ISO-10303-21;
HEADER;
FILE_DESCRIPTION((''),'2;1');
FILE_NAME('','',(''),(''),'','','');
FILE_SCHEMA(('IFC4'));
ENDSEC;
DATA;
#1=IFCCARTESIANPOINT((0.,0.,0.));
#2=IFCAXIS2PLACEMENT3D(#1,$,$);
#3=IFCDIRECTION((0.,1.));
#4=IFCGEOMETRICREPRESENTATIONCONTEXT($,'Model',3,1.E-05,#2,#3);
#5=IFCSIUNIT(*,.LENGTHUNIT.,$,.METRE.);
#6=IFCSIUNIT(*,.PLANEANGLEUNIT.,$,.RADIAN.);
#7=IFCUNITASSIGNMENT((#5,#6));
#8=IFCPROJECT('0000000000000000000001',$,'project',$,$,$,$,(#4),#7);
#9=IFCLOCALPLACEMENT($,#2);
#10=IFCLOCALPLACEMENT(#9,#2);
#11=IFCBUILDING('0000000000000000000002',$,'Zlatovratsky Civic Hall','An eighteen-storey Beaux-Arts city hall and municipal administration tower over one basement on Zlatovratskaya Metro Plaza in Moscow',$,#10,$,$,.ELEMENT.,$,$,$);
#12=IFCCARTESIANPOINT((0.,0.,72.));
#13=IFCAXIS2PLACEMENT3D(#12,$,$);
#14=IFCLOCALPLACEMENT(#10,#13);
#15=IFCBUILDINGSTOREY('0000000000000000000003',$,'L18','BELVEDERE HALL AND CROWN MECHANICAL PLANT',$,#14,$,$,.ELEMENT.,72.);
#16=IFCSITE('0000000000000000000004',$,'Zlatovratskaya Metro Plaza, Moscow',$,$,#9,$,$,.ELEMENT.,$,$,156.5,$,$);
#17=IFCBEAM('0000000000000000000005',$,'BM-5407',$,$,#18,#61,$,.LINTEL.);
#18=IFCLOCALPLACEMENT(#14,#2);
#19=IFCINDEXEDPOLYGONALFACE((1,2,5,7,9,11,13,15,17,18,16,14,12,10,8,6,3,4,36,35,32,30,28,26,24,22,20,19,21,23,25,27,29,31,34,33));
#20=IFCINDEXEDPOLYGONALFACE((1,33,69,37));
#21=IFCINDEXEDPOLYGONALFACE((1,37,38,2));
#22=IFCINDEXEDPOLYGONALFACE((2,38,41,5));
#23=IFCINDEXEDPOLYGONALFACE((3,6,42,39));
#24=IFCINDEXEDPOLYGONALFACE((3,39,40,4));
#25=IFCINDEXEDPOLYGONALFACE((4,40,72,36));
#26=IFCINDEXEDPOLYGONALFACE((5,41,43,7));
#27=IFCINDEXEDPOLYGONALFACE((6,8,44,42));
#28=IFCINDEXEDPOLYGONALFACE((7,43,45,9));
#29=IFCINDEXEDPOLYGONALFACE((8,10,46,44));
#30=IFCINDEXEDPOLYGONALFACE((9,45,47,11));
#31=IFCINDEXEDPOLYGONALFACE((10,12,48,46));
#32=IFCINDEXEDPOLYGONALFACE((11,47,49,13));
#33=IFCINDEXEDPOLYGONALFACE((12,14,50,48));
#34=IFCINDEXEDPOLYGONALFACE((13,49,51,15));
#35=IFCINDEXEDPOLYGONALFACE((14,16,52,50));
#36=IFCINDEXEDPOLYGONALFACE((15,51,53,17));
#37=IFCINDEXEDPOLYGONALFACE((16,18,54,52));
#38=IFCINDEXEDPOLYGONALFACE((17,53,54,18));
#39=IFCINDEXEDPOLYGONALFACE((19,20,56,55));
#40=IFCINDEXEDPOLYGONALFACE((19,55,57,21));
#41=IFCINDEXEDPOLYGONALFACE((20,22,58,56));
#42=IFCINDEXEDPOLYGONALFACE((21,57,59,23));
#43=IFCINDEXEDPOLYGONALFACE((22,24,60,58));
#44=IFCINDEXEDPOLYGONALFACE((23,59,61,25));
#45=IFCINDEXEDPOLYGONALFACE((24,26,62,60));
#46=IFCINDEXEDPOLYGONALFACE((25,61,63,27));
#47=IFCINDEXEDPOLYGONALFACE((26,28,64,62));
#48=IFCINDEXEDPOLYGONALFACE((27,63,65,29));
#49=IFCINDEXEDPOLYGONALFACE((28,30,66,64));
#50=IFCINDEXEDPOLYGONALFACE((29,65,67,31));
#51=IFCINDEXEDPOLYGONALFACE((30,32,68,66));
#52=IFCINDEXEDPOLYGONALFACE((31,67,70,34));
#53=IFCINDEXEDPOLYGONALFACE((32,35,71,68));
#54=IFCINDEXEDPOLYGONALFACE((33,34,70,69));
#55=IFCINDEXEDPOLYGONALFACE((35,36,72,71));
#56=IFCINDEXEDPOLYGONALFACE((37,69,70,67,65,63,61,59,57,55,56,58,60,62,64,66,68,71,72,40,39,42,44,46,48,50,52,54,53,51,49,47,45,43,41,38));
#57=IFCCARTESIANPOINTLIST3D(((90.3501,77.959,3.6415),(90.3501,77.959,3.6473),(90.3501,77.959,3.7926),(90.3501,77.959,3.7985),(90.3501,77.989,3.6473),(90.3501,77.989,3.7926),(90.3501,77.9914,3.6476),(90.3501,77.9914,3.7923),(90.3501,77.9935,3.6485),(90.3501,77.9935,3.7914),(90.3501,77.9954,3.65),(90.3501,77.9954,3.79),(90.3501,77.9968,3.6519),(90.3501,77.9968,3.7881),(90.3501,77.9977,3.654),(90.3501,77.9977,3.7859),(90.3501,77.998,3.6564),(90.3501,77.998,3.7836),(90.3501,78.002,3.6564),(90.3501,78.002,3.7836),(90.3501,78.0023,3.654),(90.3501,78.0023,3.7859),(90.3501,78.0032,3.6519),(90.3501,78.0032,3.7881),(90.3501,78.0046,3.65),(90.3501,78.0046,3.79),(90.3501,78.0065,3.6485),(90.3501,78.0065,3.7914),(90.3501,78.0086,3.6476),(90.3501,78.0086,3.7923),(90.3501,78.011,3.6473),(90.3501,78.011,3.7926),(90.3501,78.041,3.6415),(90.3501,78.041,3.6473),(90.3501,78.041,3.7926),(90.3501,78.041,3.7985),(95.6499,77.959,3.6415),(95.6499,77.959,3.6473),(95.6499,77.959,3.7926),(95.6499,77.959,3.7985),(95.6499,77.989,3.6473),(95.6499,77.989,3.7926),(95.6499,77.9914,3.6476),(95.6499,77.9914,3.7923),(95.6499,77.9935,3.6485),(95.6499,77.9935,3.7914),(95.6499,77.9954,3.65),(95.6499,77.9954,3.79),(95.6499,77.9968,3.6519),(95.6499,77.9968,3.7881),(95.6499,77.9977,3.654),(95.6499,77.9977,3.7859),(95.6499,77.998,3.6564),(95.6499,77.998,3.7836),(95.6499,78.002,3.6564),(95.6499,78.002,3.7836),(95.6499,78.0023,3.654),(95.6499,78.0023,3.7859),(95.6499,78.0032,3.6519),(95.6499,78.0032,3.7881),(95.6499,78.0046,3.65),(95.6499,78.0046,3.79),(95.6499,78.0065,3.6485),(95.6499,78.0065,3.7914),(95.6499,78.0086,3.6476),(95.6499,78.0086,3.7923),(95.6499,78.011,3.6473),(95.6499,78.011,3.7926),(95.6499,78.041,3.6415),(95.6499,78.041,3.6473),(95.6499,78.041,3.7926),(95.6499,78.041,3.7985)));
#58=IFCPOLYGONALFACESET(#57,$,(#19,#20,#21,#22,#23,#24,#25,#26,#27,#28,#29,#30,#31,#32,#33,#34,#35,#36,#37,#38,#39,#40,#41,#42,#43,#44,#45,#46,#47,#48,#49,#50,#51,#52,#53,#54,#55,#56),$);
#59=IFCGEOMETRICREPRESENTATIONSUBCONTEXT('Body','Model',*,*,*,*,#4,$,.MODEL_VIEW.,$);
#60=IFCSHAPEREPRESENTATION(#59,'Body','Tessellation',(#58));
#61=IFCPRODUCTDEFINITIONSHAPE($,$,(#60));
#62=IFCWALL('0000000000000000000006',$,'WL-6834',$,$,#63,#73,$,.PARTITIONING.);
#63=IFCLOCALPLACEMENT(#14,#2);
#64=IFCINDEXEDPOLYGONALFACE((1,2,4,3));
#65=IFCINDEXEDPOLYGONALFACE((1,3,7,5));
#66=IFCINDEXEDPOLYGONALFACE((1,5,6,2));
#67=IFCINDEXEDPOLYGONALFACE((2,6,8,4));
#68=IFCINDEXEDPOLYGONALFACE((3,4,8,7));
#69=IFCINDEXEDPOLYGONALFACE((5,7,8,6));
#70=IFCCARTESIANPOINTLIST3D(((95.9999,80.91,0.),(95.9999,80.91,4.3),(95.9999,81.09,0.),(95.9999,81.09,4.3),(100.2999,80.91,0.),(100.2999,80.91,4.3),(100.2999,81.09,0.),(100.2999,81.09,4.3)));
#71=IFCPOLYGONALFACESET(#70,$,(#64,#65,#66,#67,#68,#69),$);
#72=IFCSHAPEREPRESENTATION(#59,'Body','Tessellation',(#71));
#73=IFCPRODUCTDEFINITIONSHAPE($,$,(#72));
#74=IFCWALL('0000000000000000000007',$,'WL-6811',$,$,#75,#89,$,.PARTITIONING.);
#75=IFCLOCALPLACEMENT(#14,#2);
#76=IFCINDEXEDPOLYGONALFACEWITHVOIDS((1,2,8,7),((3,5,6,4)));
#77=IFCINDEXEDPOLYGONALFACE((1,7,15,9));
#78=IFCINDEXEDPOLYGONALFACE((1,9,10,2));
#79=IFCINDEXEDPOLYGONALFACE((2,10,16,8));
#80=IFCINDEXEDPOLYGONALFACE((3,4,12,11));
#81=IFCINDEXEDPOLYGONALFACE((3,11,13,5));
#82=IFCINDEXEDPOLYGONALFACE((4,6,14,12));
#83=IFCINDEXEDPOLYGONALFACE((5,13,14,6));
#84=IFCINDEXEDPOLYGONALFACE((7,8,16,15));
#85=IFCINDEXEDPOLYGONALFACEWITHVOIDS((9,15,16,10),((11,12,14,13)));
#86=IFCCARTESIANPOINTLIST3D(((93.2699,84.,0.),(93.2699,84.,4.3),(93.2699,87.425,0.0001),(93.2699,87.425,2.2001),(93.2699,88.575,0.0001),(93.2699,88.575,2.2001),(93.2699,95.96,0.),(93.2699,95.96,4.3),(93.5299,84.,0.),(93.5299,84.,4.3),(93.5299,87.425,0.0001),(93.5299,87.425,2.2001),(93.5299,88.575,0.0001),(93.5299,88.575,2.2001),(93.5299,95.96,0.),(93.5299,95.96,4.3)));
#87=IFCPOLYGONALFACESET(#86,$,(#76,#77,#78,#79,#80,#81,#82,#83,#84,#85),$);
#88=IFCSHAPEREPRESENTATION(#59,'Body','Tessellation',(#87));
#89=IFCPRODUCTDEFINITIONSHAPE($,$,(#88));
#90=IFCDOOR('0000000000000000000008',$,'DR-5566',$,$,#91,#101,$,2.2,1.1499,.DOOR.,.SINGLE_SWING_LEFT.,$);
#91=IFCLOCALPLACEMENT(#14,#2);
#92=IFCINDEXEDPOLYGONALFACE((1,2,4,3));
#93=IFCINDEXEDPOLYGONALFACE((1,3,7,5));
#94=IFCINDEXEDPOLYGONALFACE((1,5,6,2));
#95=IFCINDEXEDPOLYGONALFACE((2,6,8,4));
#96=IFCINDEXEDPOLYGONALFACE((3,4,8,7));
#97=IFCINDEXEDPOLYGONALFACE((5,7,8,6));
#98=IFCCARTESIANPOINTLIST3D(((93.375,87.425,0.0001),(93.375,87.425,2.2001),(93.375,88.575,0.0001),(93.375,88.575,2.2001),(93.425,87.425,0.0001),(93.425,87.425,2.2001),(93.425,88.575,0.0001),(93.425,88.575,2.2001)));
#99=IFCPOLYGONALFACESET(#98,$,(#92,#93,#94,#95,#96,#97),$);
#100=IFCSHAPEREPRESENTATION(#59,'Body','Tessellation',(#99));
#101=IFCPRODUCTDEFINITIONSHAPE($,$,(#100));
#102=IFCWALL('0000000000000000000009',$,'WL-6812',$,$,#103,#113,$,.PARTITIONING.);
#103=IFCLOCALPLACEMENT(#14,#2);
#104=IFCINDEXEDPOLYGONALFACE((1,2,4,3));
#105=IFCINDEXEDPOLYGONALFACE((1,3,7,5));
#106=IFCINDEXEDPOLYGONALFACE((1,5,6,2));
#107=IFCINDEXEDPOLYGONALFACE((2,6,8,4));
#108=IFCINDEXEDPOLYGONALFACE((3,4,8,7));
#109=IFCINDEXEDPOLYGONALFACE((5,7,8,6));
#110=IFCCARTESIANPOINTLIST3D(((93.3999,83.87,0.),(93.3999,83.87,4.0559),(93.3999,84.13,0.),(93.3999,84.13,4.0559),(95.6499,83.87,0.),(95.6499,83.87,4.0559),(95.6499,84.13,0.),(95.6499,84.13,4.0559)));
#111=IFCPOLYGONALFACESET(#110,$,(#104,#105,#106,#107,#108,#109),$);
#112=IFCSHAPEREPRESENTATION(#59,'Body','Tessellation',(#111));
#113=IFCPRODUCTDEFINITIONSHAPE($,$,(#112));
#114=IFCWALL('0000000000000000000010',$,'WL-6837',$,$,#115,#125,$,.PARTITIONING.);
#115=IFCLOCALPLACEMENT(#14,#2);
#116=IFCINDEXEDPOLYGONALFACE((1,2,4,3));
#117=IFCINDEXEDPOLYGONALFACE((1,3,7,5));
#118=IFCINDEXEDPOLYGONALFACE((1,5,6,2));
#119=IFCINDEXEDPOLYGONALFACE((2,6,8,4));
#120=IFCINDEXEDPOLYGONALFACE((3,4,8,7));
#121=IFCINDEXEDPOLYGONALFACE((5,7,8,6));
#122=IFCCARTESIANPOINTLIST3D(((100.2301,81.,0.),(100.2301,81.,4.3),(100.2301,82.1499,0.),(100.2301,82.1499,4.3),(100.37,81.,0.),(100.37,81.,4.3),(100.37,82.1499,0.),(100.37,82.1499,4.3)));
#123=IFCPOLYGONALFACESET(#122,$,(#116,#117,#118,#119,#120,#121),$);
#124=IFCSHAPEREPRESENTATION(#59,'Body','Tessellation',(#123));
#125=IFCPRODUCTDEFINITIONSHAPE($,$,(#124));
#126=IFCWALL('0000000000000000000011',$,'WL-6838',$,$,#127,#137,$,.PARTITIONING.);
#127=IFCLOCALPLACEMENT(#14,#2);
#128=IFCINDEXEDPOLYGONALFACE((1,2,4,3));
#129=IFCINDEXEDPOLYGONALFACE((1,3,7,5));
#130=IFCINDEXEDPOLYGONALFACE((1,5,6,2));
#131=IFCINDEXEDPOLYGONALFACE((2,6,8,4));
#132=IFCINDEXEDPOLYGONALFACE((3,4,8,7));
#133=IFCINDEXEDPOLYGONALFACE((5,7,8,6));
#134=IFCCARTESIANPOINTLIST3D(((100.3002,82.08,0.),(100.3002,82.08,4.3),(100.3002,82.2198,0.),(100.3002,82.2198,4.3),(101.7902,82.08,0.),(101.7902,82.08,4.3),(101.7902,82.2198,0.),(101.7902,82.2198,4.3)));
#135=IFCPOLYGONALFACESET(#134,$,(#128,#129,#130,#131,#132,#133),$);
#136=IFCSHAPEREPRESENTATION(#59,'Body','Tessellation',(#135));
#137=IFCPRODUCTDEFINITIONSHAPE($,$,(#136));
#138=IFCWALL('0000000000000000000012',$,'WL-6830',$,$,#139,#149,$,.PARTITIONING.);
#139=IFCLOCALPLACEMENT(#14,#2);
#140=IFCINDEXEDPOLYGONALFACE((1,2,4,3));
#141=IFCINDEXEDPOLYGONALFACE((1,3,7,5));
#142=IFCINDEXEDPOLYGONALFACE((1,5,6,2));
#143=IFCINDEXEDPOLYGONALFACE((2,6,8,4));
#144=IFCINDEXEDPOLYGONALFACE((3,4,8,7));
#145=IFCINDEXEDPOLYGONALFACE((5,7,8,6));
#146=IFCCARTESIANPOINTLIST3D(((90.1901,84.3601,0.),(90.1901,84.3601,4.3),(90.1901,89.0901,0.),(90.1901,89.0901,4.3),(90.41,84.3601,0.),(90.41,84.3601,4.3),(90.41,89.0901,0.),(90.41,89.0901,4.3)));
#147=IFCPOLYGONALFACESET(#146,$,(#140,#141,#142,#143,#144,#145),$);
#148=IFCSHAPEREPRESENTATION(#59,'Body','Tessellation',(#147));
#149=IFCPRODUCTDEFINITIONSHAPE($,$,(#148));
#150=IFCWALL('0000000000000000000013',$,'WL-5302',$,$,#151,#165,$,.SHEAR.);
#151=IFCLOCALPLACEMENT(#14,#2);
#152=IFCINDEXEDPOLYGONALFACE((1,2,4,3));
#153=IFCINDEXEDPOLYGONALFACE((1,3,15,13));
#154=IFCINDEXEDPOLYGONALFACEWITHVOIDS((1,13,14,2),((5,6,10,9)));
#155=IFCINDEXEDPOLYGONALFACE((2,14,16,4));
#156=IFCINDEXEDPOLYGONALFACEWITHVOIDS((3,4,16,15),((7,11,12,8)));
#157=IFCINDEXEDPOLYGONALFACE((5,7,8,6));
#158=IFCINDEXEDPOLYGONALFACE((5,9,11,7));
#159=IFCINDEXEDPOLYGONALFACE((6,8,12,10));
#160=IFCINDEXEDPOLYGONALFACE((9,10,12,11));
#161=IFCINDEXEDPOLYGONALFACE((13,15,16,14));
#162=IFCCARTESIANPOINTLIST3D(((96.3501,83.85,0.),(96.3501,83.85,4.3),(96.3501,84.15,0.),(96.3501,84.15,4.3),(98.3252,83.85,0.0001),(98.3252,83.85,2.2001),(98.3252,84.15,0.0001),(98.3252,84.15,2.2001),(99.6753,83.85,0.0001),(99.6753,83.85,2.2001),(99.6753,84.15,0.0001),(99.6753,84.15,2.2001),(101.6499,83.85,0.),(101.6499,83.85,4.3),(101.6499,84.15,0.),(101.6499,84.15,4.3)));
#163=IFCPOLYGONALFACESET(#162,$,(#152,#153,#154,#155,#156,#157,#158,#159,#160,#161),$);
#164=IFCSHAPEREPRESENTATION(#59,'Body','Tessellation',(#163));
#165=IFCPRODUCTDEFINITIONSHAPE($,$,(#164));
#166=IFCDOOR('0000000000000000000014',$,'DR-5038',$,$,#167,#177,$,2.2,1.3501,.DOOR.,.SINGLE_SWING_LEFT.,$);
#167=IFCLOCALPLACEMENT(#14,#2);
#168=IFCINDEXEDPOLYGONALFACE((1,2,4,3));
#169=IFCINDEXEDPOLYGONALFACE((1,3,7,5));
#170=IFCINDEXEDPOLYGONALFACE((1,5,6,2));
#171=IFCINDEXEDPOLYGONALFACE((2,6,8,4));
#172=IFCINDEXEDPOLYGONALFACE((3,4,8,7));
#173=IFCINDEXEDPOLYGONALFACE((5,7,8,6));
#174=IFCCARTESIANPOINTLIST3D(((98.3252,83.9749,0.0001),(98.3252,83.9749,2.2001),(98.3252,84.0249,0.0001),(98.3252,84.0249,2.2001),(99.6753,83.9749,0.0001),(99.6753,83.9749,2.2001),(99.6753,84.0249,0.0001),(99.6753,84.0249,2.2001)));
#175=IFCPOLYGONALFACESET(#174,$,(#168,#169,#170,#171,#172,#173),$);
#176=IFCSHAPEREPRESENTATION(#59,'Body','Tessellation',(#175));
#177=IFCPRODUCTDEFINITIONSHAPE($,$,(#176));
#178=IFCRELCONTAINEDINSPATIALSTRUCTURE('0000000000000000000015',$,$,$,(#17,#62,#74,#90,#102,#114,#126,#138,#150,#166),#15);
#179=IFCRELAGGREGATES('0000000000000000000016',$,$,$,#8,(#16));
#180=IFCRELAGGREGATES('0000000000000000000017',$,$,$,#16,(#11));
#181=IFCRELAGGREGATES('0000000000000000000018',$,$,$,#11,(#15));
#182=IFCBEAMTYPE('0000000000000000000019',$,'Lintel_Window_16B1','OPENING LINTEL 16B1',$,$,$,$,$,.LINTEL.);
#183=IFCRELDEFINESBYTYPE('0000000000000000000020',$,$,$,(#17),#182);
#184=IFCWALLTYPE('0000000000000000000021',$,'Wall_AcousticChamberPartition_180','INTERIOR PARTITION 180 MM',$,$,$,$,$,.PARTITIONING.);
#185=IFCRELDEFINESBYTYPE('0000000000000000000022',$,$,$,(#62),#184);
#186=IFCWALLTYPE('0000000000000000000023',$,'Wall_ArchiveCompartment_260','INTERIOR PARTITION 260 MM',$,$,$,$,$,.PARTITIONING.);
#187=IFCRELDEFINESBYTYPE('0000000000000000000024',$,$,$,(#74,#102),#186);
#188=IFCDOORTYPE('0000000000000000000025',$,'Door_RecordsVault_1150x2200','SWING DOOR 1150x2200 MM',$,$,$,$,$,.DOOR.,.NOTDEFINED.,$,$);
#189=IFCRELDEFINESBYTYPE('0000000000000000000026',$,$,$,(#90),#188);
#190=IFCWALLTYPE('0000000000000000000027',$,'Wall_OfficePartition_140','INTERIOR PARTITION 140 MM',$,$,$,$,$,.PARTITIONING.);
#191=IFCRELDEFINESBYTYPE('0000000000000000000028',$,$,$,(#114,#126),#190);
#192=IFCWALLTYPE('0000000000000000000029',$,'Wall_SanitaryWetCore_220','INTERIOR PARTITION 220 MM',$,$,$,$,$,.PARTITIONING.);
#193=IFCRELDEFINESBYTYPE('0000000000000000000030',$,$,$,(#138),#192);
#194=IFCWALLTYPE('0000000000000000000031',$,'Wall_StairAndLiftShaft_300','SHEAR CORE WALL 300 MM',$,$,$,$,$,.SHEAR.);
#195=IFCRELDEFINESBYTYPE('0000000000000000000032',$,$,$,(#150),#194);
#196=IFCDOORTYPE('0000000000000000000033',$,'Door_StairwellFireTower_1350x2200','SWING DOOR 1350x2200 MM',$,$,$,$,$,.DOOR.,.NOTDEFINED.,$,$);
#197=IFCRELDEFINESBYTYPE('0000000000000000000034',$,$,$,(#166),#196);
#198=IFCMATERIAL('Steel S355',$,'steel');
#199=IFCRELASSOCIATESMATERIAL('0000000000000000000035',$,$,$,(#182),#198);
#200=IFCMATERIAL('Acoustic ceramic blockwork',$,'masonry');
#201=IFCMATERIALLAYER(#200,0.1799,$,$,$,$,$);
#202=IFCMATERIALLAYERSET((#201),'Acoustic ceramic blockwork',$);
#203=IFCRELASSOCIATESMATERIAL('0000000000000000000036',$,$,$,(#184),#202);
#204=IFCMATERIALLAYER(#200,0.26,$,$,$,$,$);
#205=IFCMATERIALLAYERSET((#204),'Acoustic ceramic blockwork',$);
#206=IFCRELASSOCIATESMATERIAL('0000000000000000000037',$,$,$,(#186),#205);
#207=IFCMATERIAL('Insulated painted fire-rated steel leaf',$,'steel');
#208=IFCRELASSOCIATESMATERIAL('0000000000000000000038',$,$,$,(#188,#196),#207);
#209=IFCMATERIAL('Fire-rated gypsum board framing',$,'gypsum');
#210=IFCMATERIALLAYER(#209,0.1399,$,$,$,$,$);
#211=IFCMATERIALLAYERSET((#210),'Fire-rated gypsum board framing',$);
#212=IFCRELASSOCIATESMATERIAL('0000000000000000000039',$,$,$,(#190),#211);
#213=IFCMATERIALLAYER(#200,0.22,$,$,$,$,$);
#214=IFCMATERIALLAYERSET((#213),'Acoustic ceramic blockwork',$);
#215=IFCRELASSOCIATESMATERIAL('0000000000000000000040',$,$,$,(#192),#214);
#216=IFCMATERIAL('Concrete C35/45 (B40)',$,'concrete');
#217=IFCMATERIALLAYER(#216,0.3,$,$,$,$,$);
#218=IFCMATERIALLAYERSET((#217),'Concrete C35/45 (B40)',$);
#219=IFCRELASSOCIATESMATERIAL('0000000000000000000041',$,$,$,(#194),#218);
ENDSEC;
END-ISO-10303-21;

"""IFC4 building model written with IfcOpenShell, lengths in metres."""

from ifc_helpers import new_model, si_unit, direction, frame, frame_2d, origin, origin_2d, place, context, subcontext, project, spatial, rectangle, i_section, extrude, material, layer, layer_set, material_profile, profile_set, type_object, element, fill, save


model = new_model("IFC4")

# Units and contexts
model_context = context("Model", 3, precision=1e-05, world=origin(), true_north=direction((0.0, 1.0)))
body_context = subcontext(model_context, "Body", "Model", "MODEL_VIEW")
ifc_project = project(units=[si_unit("LENGTHUNIT", "METRE"), si_unit("PLANEANGLEUNIT", "RADIAN")], contexts=[model_context])

# Site, building, storey
site_placement = place(None, origin())
site = spatial("IfcSite", under=ifc_project, at=site_placement, Name="Zlatovratskaya Metro Plaza, Moscow", CompositionType="ELEMENT", RefElevation=156.5)
building_placement = place(site_placement, origin())
building = spatial("IfcBuilding", under=site, at=building_placement, Name="Zlatovratsky Civic Hall", Description="An eighteen-storey Beaux-Arts city hall and municipal administration tower over one basement on Zlatovratskaya Metro Plaza in Moscow", CompositionType="ELEMENT")
storey_placement = place(building_placement, frame((0.0, 0.0, 72.0)))
storey = spatial("IfcBuildingStorey", under=building, at=storey_placement, Name="L18", Description="BELVEDERE HALL AND CROWN MECHANICAL PLANT", CompositionType="ELEMENT", Elevation=72.0)

# Shared definitions
ifc_material_1 = material(Name="Concrete C35/45 (B40)", Category="concrete")

# Shared definitions
ifc_material_2 = material(Name="Steel S355", Category="steel")

# Beam
ifc_material_profile_1 = material_profile(ifc_material_2, i_section(OverallWidth=0.082, OverallDepth=0.157, WebThickness=0.0039, FlangeThickness=0.0059, FilletRadius=0.009, at=origin_2d()), Name="16B1")
ifc_profile_set_1 = profile_set([ifc_material_profile_1], Name="Steel S355")
beam_type_1 = type_object("IfcBeamType", Name="Lintel_Window_16B1", Description="OPENING LINTEL 16B1", PredefinedType="LINTEL", material=ifc_profile_set_1)
beam_placement = place(storey_placement, frame((90.3501, 78.0, 3.72), z_axis=(1.0, 0.0, 0.0), x_axis=(0.0, 1.0, 0.0)))
element("IfcBeam", 1, at=beam_placement, inside=storey, type_object=beam_type_1, Name="BM-5407", PredefinedType="LINTEL", context=body_context, shape_type="SweptSolid", body=[
    extrude(i_section(OverallWidth=0.082, OverallDepth=0.157, WebThickness=0.0039, FlangeThickness=0.0059, FilletRadius=0.009, at=origin_2d()), origin(), (0.0, 0.0, 1.0), 5.2998),
])

# Wall
ifc_material_3 = material(Name="Acoustic ceramic blockwork", Category="masonry")
ifc_layer_1 = layer(ifc_material_3, 0.1799)
ifc_layer_set_1 = layer_set([ifc_layer_1], Name="Acoustic ceramic blockwork")
wall_type_1 = type_object("IfcWallType", Name="Wall_AcousticChamberPartition_180", Description="INTERIOR PARTITION 180 MM", PredefinedType="PARTITIONING", material=ifc_layer_set_1)
wall_1_placement = place(storey_placement, frame((96.0, 81.0, 0.0), z_axis=(0.0, 0.0, 1.0), x_axis=(1.0, 0.0, 0.0)))
element("IfcWall", 2, at=wall_1_placement, inside=storey, type_object=wall_type_1, Name="WL-6834", PredefinedType="PARTITIONING", context=body_context, shape_type="SweptSolid", body=[
    extrude(rectangle(XDim=4.3, YDim=0.1799, at=frame_2d((2.1499, 0.0))), origin(), (0.0, 0.0, 1.0), 4.3),
])

# Wall, opening, door
ifc_layer_2 = layer(ifc_material_3, 0.26)
ifc_layer_set_2 = layer_set([ifc_layer_2], Name="Acoustic ceramic blockwork")
wall_type_2 = type_object("IfcWallType", Name="Wall_ArchiveCompartment_260", Description="INTERIOR PARTITION 260 MM", PredefinedType="PARTITIONING", material=ifc_layer_set_2)
wall_2_placement = place(storey_placement, frame((93.3999, 84.0, 0.0), z_axis=(0.0, 0.0, 1.0), x_axis=(0.0, 1.0, 0.0)))
wall_2 = element("IfcWall", 3, at=wall_2_placement, inside=storey, type_object=wall_type_2, Name="WL-6811", PredefinedType="PARTITIONING", context=body_context, shape_type="SweptSolid", body=[
    extrude(rectangle(XDim=11.96, YDim=0.26, at=frame_2d((5.98, 0.0))), origin(), (0.0, 0.0, 1.0), 4.3),
])
opening_1_placement = place(wall_2_placement, frame((3.425, 0.0, 0.0)))
opening_1 = element("IfcOpeningElement", 4, at=opening_1_placement, cuts=wall_2, PredefinedType="OPENING", context=body_context, shape_type="SweptSolid", body=[
    extrude(rectangle(XDim=1.1499, YDim=2.2, at=frame_2d((0.575, 1.1001))), frame((0.0, 0.145, 0.0), z_axis=(0.0, -1.0, 0.0), x_axis=(1.0, 0.0, 0.0)), (0.0, 0.0, 1.0), 0.2898),
])
ifc_material_4 = material(Name="Insulated painted fire-rated steel leaf", Category="steel")
door_type_1 = type_object("IfcDoorType", Name="Door_RecordsVault_1150x2200", Description="SWING DOOR 1150x2200 MM", OperationType="NOTDEFINED", PredefinedType="DOOR", material=ifc_material_4)
door_1_placement = place(opening_1_placement, origin())
door_1 = element("IfcDoor", 5, at=door_1_placement, inside=storey, type_object=door_type_1, Name="DR-5566", OperationType="SINGLE_SWING_LEFT", OverallHeight=2.2, OverallWidth=1.1499, PredefinedType="DOOR", context=body_context, shape_type="SweptSolid", body=[
    extrude(rectangle(XDim=1.1499, YDim=2.2, at=frame_2d((0.575, 1.1001))), frame((0.0, 0.0249, 0.0), z_axis=(0.0, -1.0, 0.0), x_axis=(1.0, 0.0, 0.0)), (0.0, 0.0, 1.0), 0.05),
])
fill(opening_1, door_1)

# Walls
wall_3_placement = place(storey_placement, frame((93.3999, 84.0, 0.0), z_axis=(0.0, 0.0, 1.0), x_axis=(1.0, 0.0, 0.0)))
element("IfcWall", 6, at=wall_3_placement, inside=storey, type_object=wall_type_2, Name="WL-6812", PredefinedType="PARTITIONING", context=body_context, shape_type="SweptSolid", body=[
    extrude(rectangle(XDim=2.25, YDim=0.26, at=frame_2d((1.125, 0.0))), origin(), (0.0, 0.0, 1.0), 4.0559),
])
ifc_material_5 = material(Name="Fire-rated gypsum board framing", Category="gypsum")
ifc_layer_3 = layer(ifc_material_5, 0.1399)
ifc_layer_set_3 = layer_set([ifc_layer_3], Name="Fire-rated gypsum board framing")
wall_type_3 = type_object("IfcWallType", Name="Wall_OfficePartition_140", Description="INTERIOR PARTITION 140 MM", PredefinedType="PARTITIONING", material=ifc_layer_set_3)
wall_4_placement = place(storey_placement, frame((100.3, 81.0, 0.0), z_axis=(0.0, 0.0, 1.0), x_axis=(0.0, 1.0, 0.0)))
element("IfcWall", 7, at=wall_4_placement, inside=storey, type_object=wall_type_3, Name="WL-6837", PredefinedType="PARTITIONING", context=body_context, shape_type="SweptSolid", body=[
    extrude(rectangle(XDim=1.1499, YDim=0.1399, at=frame_2d((0.575, 0.0))), origin(), (0.0, 0.0, 1.0), 4.3),
])
wall_5_placement = place(storey_placement, frame((100.3, 82.1499, 0.0), z_axis=(0.0, 0.0, 1.0), x_axis=(1.0, 0.0, 0.0)))
element("IfcWall", 8, at=wall_5_placement, inside=storey, type_object=wall_type_3, Name="WL-6838", PredefinedType="PARTITIONING", context=body_context, shape_type="SweptSolid", body=[
    extrude(rectangle(XDim=1.49, YDim=0.1399, at=frame_2d((0.7451, 0.0))), origin(), (0.0, 0.0, 1.0), 4.3),
])
ifc_layer_4 = layer(ifc_material_3, 0.22)
ifc_layer_set_4 = layer_set([ifc_layer_4], Name="Acoustic ceramic blockwork")
wall_type_4 = type_object("IfcWallType", Name="Wall_SanitaryWetCore_220", Description="INTERIOR PARTITION 220 MM", PredefinedType="PARTITIONING", material=ifc_layer_set_4)
wall_6_placement = place(storey_placement, frame((90.3, 84.3601, 0.0), z_axis=(0.0, 0.0, 1.0), x_axis=(0.0, 1.0, 0.0)))
element("IfcWall", 9, at=wall_6_placement, inside=storey, type_object=wall_type_4, Name="WL-6830", PredefinedType="PARTITIONING", context=body_context, shape_type="SweptSolid", body=[
    extrude(rectangle(XDim=4.73, YDim=0.22, at=frame_2d((2.365, 0.0))), origin(), (0.0, 0.0, 1.0), 4.3),
])

# Wall, opening, door
ifc_layer_5 = layer(ifc_material_1, 0.3)
ifc_layer_set_5 = layer_set([ifc_layer_5], Name="Concrete C35/45 (B40)")
wall_type_5 = type_object("IfcWallType", Name="Wall_StairAndLiftShaft_300", Description="SHEAR CORE WALL 300 MM", PredefinedType="SHEAR", material=ifc_layer_set_5)
wall_7_placement = place(storey_placement, frame((96.3501, 84.0, 0.0), z_axis=(0.0, 0.0, 1.0), x_axis=(1.0, 0.0, 0.0)))
wall_7 = element("IfcWall", 10, at=wall_7_placement, inside=storey, type_object=wall_type_5, Name="WL-5302", PredefinedType="SHEAR", context=body_context, shape_type="SweptSolid", body=[
    extrude(rectangle(XDim=5.2998, YDim=0.3, at=frame_2d((2.6499, 0.0))), origin(), (0.0, 0.0, 1.0), 4.3),
])
opening_2_placement = place(wall_7_placement, frame((1.9751, 0.0, 0.0)))
opening_2 = element("IfcOpeningElement", 11, at=opening_2_placement, cuts=wall_7, PredefinedType="OPENING", context=body_context, shape_type="SweptSolid", body=[
    extrude(rectangle(XDim=1.3501, YDim=2.2, at=frame_2d((0.675, 1.1001))), frame((0.0, 0.165, 0.0), z_axis=(0.0, -1.0, 0.0), x_axis=(1.0, 0.0, 0.0)), (0.0, 0.0, 1.0), 0.3298),
])
door_type_2 = type_object("IfcDoorType", Name="Door_StairwellFireTower_1350x2200", Description="SWING DOOR 1350x2200 MM", OperationType="NOTDEFINED", PredefinedType="DOOR", material=ifc_material_4)
door_2_placement = place(opening_2_placement, origin())
door_2 = element("IfcDoor", 12, at=door_2_placement, inside=storey, type_object=door_type_2, Name="DR-5038", OperationType="SINGLE_SWING_LEFT", OverallHeight=2.2, OverallWidth=1.3501, PredefinedType="DOOR", context=body_context, shape_type="SweptSolid", body=[
    extrude(rectangle(XDim=1.3501, YDim=2.2, at=frame_2d((0.675, 1.1001))), frame((0.0, 0.0249, 0.0), z_axis=(0.0, -1.0, 0.0), x_axis=(1.0, 0.0, 0.0)), (0.0, 0.0, 1.0), 0.05),
])
fill(opening_2, door_2)

save(model, "model.ifc")
